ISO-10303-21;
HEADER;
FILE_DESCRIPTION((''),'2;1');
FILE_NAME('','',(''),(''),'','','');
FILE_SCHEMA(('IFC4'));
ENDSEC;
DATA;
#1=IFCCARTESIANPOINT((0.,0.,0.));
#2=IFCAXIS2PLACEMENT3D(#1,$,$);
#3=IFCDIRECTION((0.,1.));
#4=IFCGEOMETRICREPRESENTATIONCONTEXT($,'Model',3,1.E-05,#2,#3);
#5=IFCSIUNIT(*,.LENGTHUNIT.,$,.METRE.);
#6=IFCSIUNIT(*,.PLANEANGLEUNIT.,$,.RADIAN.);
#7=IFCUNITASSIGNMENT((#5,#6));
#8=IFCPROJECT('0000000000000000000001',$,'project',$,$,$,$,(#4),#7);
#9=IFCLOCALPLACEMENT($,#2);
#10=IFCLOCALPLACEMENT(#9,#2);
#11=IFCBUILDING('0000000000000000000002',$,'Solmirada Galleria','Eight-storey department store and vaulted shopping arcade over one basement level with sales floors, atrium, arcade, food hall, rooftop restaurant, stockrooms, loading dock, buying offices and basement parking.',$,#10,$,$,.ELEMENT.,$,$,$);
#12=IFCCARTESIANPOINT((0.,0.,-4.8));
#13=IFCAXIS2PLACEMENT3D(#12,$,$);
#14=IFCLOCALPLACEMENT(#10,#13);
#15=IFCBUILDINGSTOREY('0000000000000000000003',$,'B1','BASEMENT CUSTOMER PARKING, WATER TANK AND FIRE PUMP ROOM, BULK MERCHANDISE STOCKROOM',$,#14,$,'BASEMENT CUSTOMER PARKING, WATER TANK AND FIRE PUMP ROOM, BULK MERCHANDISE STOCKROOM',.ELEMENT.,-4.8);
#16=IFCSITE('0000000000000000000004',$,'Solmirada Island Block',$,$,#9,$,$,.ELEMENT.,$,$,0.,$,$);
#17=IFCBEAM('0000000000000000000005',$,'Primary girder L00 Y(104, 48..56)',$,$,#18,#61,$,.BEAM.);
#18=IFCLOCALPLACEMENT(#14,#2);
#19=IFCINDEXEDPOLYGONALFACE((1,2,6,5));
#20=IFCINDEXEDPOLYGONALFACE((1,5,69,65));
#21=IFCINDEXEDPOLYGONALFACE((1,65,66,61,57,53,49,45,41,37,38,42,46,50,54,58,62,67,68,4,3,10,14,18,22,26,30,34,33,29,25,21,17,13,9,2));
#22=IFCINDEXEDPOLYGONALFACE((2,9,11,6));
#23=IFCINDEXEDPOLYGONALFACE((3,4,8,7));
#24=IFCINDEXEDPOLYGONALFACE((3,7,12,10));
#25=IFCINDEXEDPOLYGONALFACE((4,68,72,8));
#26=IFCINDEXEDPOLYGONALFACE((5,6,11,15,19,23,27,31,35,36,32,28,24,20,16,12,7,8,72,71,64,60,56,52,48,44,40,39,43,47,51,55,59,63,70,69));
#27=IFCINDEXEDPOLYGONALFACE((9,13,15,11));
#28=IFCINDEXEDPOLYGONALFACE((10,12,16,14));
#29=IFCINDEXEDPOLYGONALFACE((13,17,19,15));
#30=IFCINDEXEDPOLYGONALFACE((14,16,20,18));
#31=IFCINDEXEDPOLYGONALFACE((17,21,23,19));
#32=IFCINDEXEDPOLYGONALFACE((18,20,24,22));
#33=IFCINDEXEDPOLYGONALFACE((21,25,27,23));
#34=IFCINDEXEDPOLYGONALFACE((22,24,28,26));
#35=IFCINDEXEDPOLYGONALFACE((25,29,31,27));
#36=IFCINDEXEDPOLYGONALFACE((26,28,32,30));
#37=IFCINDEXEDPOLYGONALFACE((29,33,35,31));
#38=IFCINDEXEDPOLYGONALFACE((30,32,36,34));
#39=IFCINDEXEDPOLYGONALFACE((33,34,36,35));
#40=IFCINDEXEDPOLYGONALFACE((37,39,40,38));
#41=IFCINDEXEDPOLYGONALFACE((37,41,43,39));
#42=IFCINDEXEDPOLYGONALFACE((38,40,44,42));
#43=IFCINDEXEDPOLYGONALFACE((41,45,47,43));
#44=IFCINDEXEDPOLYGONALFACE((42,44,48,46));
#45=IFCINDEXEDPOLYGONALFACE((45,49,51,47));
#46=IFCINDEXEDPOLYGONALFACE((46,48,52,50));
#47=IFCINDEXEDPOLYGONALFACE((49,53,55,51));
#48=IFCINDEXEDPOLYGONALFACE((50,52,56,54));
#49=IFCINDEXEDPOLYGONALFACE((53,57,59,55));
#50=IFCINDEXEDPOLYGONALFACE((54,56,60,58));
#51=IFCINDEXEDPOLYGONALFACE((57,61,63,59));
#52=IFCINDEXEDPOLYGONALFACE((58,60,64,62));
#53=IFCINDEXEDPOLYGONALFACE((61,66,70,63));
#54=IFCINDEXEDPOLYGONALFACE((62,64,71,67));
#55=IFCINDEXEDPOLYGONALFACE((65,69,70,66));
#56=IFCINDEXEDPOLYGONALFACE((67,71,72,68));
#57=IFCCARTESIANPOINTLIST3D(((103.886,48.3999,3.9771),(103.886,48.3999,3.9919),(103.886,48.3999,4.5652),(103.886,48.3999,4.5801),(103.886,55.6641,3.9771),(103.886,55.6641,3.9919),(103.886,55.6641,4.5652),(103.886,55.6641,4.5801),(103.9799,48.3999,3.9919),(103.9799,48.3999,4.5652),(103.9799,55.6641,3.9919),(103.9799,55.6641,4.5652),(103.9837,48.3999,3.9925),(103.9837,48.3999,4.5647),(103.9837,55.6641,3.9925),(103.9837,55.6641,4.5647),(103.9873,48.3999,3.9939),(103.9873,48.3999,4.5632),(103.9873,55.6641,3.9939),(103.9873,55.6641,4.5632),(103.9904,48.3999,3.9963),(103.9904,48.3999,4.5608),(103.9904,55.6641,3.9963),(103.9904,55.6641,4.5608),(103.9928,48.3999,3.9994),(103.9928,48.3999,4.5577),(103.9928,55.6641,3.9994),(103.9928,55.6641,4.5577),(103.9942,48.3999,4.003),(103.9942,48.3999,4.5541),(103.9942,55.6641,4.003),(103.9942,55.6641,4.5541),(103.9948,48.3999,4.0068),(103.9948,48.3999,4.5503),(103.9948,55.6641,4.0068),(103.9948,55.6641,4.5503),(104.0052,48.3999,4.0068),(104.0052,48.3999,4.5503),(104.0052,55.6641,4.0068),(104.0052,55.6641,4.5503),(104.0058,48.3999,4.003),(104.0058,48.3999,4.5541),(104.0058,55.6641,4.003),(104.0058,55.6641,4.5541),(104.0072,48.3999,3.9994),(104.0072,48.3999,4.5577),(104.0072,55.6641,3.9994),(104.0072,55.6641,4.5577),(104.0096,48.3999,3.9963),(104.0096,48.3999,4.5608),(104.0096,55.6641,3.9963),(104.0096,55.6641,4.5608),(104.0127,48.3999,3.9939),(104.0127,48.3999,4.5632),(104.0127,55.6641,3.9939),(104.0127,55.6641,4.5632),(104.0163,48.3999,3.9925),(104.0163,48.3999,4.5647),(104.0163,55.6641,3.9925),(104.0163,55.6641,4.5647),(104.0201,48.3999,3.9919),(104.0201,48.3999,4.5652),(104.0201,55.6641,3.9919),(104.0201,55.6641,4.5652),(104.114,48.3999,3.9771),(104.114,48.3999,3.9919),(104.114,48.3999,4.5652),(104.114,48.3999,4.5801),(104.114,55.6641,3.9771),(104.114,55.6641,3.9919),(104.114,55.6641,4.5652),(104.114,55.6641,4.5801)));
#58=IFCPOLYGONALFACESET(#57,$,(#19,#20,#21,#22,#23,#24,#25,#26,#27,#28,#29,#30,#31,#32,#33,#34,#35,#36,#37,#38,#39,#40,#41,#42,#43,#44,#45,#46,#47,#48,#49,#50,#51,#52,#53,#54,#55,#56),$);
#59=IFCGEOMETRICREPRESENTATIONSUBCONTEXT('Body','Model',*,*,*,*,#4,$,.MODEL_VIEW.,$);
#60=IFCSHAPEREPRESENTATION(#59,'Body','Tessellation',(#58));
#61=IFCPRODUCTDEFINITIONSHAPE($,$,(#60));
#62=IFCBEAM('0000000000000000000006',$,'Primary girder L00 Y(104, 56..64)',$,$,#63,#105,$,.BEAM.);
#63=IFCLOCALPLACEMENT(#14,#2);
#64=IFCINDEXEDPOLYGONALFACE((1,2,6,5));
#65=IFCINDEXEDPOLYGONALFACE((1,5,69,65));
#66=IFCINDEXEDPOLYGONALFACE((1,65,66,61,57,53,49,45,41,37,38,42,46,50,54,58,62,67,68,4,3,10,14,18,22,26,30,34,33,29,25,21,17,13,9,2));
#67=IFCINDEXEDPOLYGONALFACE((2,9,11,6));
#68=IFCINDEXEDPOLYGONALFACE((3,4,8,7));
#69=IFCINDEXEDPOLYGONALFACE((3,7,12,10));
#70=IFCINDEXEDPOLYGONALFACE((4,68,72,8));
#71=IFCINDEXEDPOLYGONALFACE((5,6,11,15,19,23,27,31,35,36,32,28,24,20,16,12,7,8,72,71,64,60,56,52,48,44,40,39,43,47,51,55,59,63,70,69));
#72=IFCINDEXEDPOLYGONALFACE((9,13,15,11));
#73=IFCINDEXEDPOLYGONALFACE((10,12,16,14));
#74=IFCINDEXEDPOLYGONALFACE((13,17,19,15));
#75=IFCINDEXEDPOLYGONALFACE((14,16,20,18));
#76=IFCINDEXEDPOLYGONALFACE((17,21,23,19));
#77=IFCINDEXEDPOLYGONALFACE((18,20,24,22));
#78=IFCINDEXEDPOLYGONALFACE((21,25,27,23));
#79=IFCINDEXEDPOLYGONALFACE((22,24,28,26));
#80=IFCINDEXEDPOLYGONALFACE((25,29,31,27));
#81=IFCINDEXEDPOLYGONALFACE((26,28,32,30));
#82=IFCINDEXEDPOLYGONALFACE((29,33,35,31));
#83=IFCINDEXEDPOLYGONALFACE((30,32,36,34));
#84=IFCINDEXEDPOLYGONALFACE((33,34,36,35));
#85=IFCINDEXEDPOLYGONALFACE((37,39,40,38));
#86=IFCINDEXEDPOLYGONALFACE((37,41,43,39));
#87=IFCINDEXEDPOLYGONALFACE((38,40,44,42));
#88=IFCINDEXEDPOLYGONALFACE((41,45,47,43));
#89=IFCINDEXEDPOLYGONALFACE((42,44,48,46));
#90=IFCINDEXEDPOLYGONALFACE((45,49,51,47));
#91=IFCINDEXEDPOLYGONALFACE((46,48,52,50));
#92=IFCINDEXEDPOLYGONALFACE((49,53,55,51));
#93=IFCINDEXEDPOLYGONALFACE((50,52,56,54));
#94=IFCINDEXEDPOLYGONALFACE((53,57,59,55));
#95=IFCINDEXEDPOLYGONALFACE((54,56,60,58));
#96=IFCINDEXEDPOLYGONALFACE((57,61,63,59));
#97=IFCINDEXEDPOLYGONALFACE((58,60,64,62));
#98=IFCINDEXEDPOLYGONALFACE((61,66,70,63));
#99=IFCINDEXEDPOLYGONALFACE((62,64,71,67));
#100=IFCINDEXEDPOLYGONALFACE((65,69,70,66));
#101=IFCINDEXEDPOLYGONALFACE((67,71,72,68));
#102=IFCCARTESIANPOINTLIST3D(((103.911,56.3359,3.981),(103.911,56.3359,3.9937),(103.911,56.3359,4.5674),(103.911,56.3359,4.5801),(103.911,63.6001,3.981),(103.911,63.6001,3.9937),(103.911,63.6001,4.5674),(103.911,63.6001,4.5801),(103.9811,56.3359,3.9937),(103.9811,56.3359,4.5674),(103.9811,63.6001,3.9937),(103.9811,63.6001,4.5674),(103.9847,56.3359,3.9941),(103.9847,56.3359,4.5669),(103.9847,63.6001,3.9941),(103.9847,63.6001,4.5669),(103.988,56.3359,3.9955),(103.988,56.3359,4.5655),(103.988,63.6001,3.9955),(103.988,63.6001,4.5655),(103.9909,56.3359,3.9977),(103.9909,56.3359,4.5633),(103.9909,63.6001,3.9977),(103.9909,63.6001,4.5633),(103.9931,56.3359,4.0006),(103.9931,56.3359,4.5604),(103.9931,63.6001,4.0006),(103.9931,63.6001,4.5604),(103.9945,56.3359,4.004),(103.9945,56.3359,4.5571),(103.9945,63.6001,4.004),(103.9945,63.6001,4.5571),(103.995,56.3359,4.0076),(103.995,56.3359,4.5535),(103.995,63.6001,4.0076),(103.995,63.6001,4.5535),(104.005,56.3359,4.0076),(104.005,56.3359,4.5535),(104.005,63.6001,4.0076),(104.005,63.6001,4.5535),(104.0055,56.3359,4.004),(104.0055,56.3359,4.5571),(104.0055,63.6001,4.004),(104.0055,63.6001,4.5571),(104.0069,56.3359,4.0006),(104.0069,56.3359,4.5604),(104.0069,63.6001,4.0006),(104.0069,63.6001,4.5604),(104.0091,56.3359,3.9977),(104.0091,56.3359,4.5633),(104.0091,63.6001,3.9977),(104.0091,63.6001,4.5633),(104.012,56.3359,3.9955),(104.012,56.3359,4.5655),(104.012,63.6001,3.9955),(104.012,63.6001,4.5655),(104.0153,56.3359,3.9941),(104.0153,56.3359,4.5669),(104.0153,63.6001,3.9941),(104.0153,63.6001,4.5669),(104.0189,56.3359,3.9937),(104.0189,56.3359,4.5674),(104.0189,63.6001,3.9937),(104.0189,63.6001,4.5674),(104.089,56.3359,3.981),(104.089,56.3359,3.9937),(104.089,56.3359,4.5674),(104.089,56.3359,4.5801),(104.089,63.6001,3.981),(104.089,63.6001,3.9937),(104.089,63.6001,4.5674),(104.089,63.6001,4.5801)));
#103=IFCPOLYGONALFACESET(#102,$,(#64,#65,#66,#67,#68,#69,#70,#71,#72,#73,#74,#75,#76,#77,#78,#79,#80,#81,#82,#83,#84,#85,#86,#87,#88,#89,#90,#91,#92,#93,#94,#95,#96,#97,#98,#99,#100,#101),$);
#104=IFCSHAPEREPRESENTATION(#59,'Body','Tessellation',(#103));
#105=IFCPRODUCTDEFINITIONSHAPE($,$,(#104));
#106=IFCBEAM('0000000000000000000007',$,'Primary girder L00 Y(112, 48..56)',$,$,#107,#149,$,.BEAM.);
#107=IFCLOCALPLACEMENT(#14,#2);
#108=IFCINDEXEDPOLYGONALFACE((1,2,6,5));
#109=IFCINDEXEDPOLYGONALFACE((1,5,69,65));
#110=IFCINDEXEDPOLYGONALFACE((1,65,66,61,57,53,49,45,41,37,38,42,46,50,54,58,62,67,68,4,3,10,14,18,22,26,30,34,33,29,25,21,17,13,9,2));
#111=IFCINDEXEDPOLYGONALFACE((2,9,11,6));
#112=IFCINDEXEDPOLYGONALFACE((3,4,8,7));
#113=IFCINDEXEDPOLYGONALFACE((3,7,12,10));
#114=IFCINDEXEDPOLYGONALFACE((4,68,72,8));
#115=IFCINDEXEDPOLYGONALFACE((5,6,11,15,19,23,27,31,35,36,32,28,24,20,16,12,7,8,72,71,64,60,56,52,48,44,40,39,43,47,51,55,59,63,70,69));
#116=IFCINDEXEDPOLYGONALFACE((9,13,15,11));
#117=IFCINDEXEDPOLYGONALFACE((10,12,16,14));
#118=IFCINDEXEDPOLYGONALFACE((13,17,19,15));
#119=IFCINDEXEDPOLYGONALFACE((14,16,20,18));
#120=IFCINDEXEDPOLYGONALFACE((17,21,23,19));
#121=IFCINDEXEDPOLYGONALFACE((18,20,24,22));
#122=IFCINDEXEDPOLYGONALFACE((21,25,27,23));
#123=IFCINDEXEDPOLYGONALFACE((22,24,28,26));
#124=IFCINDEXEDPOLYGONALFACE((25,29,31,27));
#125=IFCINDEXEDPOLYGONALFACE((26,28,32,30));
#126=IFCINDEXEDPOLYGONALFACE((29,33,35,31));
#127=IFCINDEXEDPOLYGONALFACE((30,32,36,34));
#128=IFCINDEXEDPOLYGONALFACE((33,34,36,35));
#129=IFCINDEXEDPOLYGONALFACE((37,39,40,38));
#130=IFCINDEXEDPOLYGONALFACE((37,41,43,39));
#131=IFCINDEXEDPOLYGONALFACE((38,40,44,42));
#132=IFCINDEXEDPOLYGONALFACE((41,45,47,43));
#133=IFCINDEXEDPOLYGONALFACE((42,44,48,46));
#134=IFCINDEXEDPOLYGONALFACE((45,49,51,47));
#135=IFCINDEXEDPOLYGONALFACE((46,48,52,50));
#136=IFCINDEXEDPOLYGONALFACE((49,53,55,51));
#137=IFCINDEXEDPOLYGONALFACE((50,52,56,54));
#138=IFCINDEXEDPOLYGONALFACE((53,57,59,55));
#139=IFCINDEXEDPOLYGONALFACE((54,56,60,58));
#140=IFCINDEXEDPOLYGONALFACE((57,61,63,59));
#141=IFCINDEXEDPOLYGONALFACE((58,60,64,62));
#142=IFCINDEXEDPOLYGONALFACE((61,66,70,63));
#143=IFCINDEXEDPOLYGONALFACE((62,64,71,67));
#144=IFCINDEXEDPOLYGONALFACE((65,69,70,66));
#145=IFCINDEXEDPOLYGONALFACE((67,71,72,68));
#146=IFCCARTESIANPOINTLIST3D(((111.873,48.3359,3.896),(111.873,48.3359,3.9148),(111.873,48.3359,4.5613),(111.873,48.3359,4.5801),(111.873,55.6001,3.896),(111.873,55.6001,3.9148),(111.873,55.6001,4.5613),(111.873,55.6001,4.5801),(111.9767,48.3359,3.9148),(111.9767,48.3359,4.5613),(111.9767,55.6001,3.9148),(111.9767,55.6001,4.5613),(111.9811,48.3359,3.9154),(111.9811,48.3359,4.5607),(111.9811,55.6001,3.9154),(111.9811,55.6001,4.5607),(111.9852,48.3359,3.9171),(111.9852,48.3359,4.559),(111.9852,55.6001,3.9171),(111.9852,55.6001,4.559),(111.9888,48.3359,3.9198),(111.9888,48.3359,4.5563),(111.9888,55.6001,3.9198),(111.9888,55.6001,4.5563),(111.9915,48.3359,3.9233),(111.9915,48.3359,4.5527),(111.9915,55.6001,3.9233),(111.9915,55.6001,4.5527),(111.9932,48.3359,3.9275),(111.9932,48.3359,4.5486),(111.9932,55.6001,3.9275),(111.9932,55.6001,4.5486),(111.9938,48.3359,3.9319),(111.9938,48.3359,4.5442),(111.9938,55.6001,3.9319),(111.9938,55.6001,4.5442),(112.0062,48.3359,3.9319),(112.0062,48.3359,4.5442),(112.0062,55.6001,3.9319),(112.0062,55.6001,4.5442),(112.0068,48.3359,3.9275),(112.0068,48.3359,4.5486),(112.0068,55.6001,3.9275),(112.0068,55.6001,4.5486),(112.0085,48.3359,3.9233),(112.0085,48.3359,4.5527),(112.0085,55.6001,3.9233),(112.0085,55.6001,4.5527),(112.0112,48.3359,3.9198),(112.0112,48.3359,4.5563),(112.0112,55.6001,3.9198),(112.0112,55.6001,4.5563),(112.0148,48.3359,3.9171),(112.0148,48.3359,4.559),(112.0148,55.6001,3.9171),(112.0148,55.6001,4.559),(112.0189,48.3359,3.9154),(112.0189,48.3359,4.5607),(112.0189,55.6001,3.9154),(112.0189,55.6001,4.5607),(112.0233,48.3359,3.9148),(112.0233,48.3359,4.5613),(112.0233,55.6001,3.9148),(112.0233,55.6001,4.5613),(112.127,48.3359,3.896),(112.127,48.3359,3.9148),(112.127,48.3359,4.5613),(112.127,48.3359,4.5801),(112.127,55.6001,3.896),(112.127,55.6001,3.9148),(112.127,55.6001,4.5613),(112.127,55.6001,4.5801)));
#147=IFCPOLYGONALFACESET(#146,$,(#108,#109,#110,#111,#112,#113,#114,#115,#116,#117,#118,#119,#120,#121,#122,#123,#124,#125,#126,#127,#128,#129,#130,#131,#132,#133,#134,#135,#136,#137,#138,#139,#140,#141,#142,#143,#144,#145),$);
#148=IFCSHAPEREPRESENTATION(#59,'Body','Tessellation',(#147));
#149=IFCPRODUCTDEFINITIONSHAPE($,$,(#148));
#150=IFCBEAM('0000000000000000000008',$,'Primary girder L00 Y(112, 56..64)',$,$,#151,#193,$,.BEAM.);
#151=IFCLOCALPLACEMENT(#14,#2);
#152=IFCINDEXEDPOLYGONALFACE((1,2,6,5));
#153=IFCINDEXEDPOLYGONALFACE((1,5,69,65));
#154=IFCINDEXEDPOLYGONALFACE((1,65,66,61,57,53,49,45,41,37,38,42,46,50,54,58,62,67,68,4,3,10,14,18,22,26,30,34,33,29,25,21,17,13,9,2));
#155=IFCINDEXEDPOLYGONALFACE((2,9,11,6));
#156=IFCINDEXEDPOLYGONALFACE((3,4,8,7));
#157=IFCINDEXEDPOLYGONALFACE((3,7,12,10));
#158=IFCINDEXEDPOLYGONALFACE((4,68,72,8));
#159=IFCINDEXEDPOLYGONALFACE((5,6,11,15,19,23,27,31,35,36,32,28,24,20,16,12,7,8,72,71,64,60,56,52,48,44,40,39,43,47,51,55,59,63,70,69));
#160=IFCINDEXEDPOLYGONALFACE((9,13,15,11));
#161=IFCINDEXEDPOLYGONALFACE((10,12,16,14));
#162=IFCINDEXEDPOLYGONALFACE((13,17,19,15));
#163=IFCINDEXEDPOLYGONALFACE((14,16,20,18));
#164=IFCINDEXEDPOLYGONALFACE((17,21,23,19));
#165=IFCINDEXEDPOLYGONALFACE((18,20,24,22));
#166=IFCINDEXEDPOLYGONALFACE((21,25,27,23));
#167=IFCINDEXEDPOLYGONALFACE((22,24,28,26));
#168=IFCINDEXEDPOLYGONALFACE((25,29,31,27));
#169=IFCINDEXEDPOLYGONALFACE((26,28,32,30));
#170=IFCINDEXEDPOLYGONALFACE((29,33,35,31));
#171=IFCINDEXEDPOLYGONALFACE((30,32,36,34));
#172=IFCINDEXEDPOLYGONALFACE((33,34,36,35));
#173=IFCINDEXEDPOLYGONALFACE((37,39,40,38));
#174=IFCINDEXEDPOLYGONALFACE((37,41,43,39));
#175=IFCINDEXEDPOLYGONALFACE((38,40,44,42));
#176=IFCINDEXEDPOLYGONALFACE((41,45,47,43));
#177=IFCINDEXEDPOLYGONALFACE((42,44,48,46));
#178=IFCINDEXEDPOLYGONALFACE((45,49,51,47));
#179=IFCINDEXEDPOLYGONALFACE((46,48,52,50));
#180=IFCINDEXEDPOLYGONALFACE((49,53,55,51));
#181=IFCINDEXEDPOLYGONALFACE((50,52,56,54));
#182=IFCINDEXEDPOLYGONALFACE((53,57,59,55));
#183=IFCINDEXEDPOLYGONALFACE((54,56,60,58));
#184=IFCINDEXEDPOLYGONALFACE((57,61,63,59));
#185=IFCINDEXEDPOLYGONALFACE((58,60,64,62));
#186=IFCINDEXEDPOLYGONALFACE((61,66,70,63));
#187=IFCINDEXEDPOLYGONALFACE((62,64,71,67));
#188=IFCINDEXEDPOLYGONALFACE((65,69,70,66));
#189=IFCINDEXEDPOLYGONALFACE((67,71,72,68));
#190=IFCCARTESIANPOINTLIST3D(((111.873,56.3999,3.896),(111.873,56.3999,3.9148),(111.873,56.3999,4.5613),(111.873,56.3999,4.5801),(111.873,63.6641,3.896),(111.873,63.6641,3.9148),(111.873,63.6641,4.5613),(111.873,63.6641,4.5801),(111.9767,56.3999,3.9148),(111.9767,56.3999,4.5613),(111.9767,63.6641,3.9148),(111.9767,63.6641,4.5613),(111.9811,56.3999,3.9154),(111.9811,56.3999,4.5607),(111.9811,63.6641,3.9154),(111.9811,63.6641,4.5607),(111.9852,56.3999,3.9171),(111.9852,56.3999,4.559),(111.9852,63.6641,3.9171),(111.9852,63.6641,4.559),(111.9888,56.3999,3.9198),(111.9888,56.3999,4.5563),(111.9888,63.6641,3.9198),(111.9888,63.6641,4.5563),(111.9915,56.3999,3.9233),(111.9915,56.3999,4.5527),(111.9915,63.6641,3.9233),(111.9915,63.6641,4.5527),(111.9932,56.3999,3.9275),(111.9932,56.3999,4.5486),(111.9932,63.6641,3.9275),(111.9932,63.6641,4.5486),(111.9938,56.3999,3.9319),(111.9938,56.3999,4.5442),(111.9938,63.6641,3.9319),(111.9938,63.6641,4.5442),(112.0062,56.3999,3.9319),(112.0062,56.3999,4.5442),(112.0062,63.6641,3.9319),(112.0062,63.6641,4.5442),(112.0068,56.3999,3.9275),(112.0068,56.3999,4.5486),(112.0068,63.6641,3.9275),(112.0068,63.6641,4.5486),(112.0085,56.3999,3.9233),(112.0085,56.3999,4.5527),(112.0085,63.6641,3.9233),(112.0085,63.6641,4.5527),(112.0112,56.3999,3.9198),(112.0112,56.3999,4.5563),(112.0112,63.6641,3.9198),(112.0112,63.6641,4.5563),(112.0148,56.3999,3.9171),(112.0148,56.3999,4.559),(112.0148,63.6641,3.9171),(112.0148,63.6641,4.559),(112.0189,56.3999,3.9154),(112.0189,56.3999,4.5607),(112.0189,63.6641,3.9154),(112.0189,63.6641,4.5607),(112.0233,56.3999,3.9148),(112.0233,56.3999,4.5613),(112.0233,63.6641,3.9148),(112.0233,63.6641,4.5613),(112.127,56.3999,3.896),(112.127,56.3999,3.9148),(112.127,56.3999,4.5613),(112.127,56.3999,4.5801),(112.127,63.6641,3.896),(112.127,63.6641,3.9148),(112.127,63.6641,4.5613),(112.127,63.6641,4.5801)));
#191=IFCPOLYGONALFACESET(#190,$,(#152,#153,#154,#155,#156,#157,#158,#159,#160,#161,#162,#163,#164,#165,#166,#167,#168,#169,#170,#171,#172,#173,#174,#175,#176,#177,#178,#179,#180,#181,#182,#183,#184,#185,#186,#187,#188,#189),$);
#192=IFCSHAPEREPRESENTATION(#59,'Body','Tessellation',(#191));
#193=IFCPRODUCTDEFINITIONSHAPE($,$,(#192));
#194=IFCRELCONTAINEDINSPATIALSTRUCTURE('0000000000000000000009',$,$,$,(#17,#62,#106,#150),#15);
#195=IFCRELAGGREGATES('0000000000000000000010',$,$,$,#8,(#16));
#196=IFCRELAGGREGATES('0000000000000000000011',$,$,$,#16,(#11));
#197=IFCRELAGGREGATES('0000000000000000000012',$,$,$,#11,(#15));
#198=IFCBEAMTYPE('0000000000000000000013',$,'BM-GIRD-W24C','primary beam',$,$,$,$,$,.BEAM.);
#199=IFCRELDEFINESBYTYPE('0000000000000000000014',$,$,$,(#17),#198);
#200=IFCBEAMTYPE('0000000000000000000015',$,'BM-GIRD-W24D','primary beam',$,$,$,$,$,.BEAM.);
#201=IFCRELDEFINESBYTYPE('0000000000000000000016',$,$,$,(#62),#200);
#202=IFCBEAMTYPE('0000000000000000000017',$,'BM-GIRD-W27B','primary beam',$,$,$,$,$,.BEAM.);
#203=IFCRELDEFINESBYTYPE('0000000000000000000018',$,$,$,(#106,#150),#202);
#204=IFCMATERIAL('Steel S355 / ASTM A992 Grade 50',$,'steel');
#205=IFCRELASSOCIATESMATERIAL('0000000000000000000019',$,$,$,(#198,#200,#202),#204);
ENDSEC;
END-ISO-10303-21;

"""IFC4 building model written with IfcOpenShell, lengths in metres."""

from ifc_helpers import new_model, si_unit, direction, frame, origin, origin_2d, place, context, subcontext, project, spatial, i_section, extrude, material, material_profile, profile_set, type_object, element, save


model = new_model("IFC4")

# Units and contexts
model_context = context("Model", 3, precision=1e-05, world=origin(), true_north=direction((0.0, 1.0)))
body_context = subcontext(model_context, "Body", "Model", "MODEL_VIEW")
ifc_project = project(units=[si_unit("LENGTHUNIT", "METRE"), si_unit("PLANEANGLEUNIT", "RADIAN")], contexts=[model_context])

# Site, building, storey
site_placement = place(None, origin())
site = spatial("IfcSite", under=ifc_project, at=site_placement, Name="Solmirada Island Block", CompositionType="ELEMENT", RefElevation=0.0)
building_placement = place(site_placement, origin())
building = spatial("IfcBuilding", under=site, at=building_placement, Name="Solmirada Galleria", Description="Eight-storey department store and vaulted shopping arcade over one basement level with sales floors, atrium, arcade, food hall, rooftop restaurant, stockrooms, loading dock, buying offices and basement parking.", CompositionType="ELEMENT")
storey_placement = place(building_placement, frame((0.0, 0.0, -4.8)))
storey = spatial("IfcBuildingStorey", under=building, at=storey_placement, Name="B1", Description="BASEMENT CUSTOMER PARKING, WATER TANK AND FIRE PUMP ROOM, BULK MERCHANDISE STOCKROOM", LongName="BASEMENT CUSTOMER PARKING, WATER TANK AND FIRE PUMP ROOM, BULK MERCHANDISE STOCKROOM", CompositionType="ELEMENT", Elevation=-4.8)

# Beams
ifc_material_1 = material(Name="Steel S355 / ASTM A992 Grade 50", Category="steel")
ifc_material_profile_1 = material_profile(ifc_material_1, i_section(OverallWidth=0.228, OverallDepth=0.603, WebThickness=0.0105, FlangeThickness=0.0149, FilletRadius=0.0149, at=origin_2d()), Name="W24X68")
ifc_profile_set_1 = profile_set([ifc_material_profile_1], Name="Steel S355 / ASTM A992 Grade 50")
beam_type_1 = type_object("IfcBeamType", Name="BM-GIRD-W24C", Description="primary beam", PredefinedType="BEAM", material=ifc_profile_set_1)
beam_1_placement = place(storey_placement, frame((104.0, 48.3999, 4.2786), z_axis=(0.0, 1.0, 0.0), x_axis=(-1.0, 0.0, 0.0)))
element("IfcBeam", 1, at=beam_1_placement, inside=storey, type_object=beam_type_1, Name="Primary girder L00 Y(104, 48..56)", PredefinedType="BEAM", context=body_context, shape_type="SweptSolid", body=[
    extrude(i_section(OverallWidth=0.228, OverallDepth=0.603, WebThickness=0.0105, FlangeThickness=0.0149, FilletRadius=0.0149, at=origin_2d()), origin(), (0.0, 0.0, 1.0), 7.2642),
])
ifc_material_profile_2 = material_profile(ifc_material_1, i_section(OverallWidth=0.178, OverallDepth=0.5991, WebThickness=0.01, FlangeThickness=0.0127, FilletRadius=0.0139, at=origin_2d()), Name="W24X55")
ifc_profile_set_2 = profile_set([ifc_material_profile_2], Name="Steel S355 / ASTM A992 Grade 50")
beam_type_2 = type_object("IfcBeamType", Name="BM-GIRD-W24D", Description="primary beam", PredefinedType="BEAM", material=ifc_profile_set_2)
beam_2_placement = place(storey_placement, frame((104.0, 56.3359, 4.2805), z_axis=(0.0, 1.0, 0.0), x_axis=(-1.0, 0.0, 0.0)))
element("IfcBeam", 2, at=beam_2_placement, inside=storey, type_object=beam_type_2, Name="Primary girder L00 Y(104, 56..64)", PredefinedType="BEAM", context=body_context, shape_type="SweptSolid", body=[
    extrude(i_section(OverallWidth=0.178, OverallDepth=0.5991, WebThickness=0.01, FlangeThickness=0.0127, FilletRadius=0.0139, at=origin_2d()), origin(), (0.0, 0.0, 1.0), 7.2642),
])
ifc_material_profile_3 = material_profile(ifc_material_1, i_section(OverallWidth=0.2539, OverallDepth=0.6841, WebThickness=0.0125, FlangeThickness=0.0188, FilletRadius=0.0171, at=origin_2d()), Name="W27X94")
ifc_profile_set_3 = profile_set([ifc_material_profile_3], Name="Steel S355 / ASTM A992 Grade 50")
beam_type_3 = type_object("IfcBeamType", Name="BM-GIRD-W27B", Description="primary beam", PredefinedType="BEAM", material=ifc_profile_set_3)
for number, where, z_axis, x_axis, name in (
    (3, (112.0, 48.3359, 4.238), (0.0, 1.0, 0.0), (-1.0, 0.0, 0.0), "Primary girder L00 Y(112, 48..56)"),
    (4, (112.0, 56.3999, 4.238), (0.0, 1.0, 0.0), (-1.0, 0.0, 0.0), "Primary girder L00 Y(112, 56..64)"),
):
    element("IfcBeam", number, at=place(storey_placement, frame(where, z_axis=z_axis, x_axis=x_axis)), inside=storey, type_object=beam_type_3, Name=name, PredefinedType="BEAM", context=body_context, shape_type="SweptSolid", body=[
        extrude(i_section(OverallWidth=0.2539, OverallDepth=0.6841, WebThickness=0.0125, FlangeThickness=0.0188, FilletRadius=0.0171, at=origin_2d()), origin(), (0.0, 0.0, 1.0), 7.2642),
    ])

save(model, "model.ifc")
